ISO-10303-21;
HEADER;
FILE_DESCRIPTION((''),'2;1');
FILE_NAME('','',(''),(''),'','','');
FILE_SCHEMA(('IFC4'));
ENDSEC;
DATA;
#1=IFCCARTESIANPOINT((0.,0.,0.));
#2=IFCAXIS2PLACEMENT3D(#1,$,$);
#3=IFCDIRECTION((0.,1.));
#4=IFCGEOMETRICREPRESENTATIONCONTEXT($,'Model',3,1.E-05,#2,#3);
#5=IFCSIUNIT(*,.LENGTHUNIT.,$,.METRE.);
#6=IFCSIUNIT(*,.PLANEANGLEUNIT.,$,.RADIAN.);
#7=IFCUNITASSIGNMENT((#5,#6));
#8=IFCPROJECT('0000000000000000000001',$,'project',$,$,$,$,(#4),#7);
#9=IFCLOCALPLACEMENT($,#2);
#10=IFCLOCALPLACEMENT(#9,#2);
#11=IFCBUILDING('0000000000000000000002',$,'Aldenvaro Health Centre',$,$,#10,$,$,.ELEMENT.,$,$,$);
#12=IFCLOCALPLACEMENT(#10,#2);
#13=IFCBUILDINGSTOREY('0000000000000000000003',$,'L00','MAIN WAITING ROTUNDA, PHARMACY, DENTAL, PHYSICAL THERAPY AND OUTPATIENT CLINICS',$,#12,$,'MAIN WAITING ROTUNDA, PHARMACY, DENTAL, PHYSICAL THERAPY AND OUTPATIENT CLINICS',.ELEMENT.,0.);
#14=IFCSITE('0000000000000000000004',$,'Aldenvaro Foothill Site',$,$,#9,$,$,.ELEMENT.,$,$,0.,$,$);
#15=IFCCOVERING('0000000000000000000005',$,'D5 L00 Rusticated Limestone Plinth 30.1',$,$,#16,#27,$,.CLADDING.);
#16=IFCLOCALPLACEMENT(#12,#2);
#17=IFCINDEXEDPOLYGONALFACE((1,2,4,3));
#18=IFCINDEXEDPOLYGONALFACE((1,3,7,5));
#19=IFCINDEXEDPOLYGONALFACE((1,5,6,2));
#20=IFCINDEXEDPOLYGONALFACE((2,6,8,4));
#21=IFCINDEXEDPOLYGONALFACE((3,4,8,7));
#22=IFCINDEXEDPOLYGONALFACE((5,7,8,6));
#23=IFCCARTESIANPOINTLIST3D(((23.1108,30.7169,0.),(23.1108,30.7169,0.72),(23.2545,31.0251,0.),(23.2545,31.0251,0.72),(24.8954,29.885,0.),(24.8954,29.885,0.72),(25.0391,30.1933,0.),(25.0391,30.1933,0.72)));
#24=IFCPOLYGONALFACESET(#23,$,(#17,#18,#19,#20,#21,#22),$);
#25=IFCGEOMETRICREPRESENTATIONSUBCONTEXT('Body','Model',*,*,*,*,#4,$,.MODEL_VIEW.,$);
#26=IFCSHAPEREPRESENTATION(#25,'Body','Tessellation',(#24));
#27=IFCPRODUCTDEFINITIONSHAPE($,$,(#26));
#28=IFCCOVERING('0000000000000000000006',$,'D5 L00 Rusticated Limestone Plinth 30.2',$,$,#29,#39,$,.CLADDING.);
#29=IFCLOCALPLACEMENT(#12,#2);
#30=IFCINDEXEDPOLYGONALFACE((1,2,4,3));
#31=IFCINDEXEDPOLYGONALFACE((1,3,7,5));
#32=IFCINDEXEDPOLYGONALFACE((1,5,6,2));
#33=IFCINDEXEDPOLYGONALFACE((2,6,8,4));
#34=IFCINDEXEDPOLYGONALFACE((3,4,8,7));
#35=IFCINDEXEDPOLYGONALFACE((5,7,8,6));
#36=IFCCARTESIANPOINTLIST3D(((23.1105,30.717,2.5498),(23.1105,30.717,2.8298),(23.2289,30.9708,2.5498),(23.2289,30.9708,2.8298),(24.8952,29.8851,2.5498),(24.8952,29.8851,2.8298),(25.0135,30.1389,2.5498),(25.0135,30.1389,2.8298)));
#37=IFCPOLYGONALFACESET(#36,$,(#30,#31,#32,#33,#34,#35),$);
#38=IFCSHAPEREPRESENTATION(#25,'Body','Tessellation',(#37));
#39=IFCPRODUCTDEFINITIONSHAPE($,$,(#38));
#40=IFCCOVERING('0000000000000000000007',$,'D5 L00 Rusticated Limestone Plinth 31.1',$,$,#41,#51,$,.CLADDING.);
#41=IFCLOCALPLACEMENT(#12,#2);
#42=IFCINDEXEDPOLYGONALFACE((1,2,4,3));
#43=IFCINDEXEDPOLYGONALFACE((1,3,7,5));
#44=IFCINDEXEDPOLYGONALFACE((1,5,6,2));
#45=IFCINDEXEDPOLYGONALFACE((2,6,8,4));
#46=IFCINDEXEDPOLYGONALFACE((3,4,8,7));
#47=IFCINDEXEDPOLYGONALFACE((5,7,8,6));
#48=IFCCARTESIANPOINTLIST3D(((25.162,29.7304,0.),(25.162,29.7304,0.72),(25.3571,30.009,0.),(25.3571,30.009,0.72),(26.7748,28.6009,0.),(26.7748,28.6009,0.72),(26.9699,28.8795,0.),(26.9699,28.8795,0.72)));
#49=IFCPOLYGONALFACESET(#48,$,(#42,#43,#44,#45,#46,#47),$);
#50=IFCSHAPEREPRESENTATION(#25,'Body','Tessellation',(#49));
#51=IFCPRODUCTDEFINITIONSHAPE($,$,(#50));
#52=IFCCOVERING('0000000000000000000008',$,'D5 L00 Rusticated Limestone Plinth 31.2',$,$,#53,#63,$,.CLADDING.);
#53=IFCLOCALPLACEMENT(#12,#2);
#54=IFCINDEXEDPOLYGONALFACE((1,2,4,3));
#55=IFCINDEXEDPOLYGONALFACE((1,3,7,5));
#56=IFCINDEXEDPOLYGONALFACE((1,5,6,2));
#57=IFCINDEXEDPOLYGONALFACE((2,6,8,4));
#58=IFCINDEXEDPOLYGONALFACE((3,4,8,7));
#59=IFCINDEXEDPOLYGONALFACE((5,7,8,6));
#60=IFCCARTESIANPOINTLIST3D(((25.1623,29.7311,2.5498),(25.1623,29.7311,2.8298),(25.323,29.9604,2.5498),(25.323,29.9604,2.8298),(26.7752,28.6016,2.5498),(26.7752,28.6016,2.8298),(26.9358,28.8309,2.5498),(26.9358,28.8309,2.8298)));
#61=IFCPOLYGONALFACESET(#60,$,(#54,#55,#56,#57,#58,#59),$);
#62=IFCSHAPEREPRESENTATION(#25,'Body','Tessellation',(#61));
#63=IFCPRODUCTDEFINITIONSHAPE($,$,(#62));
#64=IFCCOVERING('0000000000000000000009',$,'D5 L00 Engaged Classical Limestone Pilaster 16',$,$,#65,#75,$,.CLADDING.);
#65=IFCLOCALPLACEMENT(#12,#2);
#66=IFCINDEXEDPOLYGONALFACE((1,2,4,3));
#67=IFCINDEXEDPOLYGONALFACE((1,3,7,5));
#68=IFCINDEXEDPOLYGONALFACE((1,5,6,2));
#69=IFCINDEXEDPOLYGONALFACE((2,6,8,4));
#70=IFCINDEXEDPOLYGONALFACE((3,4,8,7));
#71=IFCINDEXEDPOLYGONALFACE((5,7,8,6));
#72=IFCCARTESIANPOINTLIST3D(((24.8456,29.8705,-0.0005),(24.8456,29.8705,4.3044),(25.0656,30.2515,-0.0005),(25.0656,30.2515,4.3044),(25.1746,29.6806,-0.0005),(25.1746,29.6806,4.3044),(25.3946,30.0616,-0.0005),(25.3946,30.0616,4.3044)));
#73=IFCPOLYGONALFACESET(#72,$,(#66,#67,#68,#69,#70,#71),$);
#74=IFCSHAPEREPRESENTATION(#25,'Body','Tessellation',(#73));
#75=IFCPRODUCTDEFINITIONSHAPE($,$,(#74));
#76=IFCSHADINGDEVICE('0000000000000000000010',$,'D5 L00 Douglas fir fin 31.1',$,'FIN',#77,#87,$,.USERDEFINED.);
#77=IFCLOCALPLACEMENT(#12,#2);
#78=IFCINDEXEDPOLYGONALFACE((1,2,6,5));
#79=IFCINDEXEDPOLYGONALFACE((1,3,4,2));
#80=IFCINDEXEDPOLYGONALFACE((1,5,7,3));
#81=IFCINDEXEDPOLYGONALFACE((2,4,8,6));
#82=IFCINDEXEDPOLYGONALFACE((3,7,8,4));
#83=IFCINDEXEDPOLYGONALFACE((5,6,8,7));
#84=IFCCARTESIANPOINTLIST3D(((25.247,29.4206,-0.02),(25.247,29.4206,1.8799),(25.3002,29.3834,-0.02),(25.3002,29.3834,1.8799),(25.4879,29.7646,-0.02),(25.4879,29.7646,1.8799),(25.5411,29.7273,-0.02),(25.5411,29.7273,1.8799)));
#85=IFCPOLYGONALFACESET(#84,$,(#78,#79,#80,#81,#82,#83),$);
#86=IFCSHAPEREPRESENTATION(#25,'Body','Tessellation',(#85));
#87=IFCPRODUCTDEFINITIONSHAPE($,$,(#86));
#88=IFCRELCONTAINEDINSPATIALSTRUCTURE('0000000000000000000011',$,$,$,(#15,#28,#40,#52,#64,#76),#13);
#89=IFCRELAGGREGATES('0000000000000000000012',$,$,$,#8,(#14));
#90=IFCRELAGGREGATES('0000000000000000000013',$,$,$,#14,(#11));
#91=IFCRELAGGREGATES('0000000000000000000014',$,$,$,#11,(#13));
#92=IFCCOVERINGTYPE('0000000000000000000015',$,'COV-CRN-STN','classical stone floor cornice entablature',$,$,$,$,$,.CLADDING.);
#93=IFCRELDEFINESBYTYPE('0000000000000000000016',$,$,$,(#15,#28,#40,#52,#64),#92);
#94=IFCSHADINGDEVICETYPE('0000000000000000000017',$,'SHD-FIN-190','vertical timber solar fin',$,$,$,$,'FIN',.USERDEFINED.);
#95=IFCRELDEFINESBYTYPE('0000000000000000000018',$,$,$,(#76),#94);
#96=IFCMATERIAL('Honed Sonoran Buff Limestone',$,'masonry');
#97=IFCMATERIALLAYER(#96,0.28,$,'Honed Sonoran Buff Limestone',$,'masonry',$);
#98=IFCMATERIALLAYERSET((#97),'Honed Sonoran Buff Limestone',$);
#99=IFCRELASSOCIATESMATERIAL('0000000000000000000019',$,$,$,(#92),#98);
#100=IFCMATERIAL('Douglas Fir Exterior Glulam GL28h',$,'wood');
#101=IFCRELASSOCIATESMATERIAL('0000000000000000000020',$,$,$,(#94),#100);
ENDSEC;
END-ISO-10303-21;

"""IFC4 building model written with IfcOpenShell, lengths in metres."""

from ifc_helpers import new_model, si_unit, direction, frame, origin, origin_2d, place, context, subcontext, project, spatial, rectangle, extrude, material, layer, layer_set, type_object, element, save


model = new_model("IFC4")

# Units and contexts
model_context = context("Model", 3, precision=1e-05, world=origin(), true_north=direction((0.0, 1.0)))
body_context = subcontext(model_context, "Body", "Model", "MODEL_VIEW")
ifc_project = project(units=[si_unit("LENGTHUNIT", "METRE"), si_unit("PLANEANGLEUNIT", "RADIAN")], contexts=[model_context])

# Site, building, storey
site_placement = place(None, origin())
site = spatial("IfcSite", under=ifc_project, at=site_placement, Name="Aldenvaro Foothill Site", CompositionType="ELEMENT", RefElevation=0.0)
building_placement = place(site_placement, origin())
building = spatial("IfcBuilding", under=site, at=building_placement, Name="Aldenvaro Health Centre", CompositionType="ELEMENT")
storey_placement = place(building_placement, origin())
storey = spatial("IfcBuildingStorey", under=building, at=storey_placement, Name="L00", Description="MAIN WAITING ROTUNDA, PHARMACY, DENTAL, PHYSICAL THERAPY AND OUTPATIENT CLINICS", LongName="MAIN WAITING ROTUNDA, PHARMACY, DENTAL, PHYSICAL THERAPY AND OUTPATIENT CLINICS", CompositionType="ELEMENT", Elevation=0.0)

# Coverings
ifc_material_1 = material(Name="Honed Sonoran Buff Limestone", Category="masonry")
ifc_layer_1 = layer(ifc_material_1, 0.28, Name="Honed Sonoran Buff Limestone", Category="masonry")
ifc_layer_set_1 = layer_set([ifc_layer_1], Name="Honed Sonoran Buff Limestone")
covering_type = type_object("IfcCoveringType", Name="COV-CRN-STN", Description="classical stone floor cornice entablature", PredefinedType="CLADDING", material=ifc_layer_set_1)
covering_1_placement = place(storey_placement, frame((24.075, 30.4551, 0.0), z_axis=(0.0, 0.0, 1.0), x_axis=(0.906365, -0.422496, 0.0)))
element("IfcCovering", 1, at=covering_1_placement, inside=storey, type_object=covering_type, Name="D5 L00 Rusticated Limestone Plinth 30.1", PredefinedType="CLADDING", context=body_context, shape_type="SweptSolid", body=[
    extrude(rectangle(XDim=1.969, YDim=0.3401, at=origin_2d()), origin(), (0.0, 0.0, 1.0), 0.72),
])
covering_2_placement = place(storey_placement, frame((24.062, 30.428, 2.5498), z_axis=(0.0, 0.0, 1.0), x_axis=(0.906365, -0.422496, 0.0)))
element("IfcCovering", 2, at=covering_2_placement, inside=storey, type_object=covering_type, Name="D5 L00 Rusticated Limestone Plinth 30.2", PredefinedType="CLADDING", context=body_context, shape_type="SweptSolid", body=[
    extrude(rectangle(XDim=1.969, YDim=0.28, at=origin_2d()), origin(), (0.0, 0.0, 1.0), 0.28),
])
covering_3_placement = place(storey_placement, frame((26.0659, 29.3049, 0.0), z_axis=(0.0, 0.0, 1.0), x_axis=(0.819107, -0.573641, 0.0)))
element("IfcCovering", 3, at=covering_3_placement, inside=storey, type_object=covering_type, Name="D5 L00 Rusticated Limestone Plinth 31.1", PredefinedType="CLADDING", context=body_context, shape_type="SweptSolid", body=[
    extrude(rectangle(XDim=1.969, YDim=0.3401, at=origin_2d()), origin(), (0.0, 0.0, 1.0), 0.72),
])
covering_4_placement = place(storey_placement, frame((26.0491, 29.281, 2.5498), z_axis=(0.0, 0.0, 1.0), x_axis=(0.819107, -0.573641, 0.0)))
element("IfcCovering", 4, at=covering_4_placement, inside=storey, type_object=covering_type, Name="D5 L00 Rusticated Limestone Plinth 31.2", PredefinedType="CLADDING", context=body_context, shape_type="SweptSolid", body=[
    extrude(rectangle(XDim=1.969, YDim=0.28, at=origin_2d()), origin(), (0.0, 0.0, 1.0), 0.28),
])
covering_5_placement = place(storey_placement, frame((25.1201, 29.9661, -0.0005), z_axis=(0.0, 0.0, 1.0), x_axis=(0.499991, 0.866031, 0.0)))
element("IfcCovering", 5, at=covering_5_placement, inside=storey, type_object=covering_type, Name="D5 L00 Engaged Classical Limestone Pilaster 16", PredefinedType="CLADDING", context=body_context, shape_type="SweptSolid", body=[
    extrude(rectangle(XDim=0.4399, YDim=0.3799, at=origin_2d()), origin(), (0.0, 0.0, 1.0), 4.3049),
])

# Shading device
ifc_material_2 = material(Name="Douglas Fir Exterior Glulam GL28h", Category="wood")
shading_device_type = type_object("IfcShadingDeviceType", Name="SHD-FIN-190", Description="vertical timber solar fin", ElementType="FIN", PredefinedType="USERDEFINED", material=ifc_material_2)
shading_device_placement = place(storey_placement, frame((25.394, 29.574, -0.02), z_axis=(0.0, 0.0, 1.0), x_axis=(0.819107, -0.573641, 0.0)))
element("IfcShadingDevice", 6, at=shading_device_placement, inside=storey, type_object=shading_device_type, Name="D5 L00 Douglas fir fin 31.1", ObjectType="FIN", PredefinedType="USERDEFINED", context=body_context, shape_type="SweptSolid", body=[
    extrude(rectangle(XDim=0.0649, YDim=0.4199, at=origin_2d()), origin(), (0.0, 0.0, 1.0), 1.8999),
])

save(model, "model.ifc")
